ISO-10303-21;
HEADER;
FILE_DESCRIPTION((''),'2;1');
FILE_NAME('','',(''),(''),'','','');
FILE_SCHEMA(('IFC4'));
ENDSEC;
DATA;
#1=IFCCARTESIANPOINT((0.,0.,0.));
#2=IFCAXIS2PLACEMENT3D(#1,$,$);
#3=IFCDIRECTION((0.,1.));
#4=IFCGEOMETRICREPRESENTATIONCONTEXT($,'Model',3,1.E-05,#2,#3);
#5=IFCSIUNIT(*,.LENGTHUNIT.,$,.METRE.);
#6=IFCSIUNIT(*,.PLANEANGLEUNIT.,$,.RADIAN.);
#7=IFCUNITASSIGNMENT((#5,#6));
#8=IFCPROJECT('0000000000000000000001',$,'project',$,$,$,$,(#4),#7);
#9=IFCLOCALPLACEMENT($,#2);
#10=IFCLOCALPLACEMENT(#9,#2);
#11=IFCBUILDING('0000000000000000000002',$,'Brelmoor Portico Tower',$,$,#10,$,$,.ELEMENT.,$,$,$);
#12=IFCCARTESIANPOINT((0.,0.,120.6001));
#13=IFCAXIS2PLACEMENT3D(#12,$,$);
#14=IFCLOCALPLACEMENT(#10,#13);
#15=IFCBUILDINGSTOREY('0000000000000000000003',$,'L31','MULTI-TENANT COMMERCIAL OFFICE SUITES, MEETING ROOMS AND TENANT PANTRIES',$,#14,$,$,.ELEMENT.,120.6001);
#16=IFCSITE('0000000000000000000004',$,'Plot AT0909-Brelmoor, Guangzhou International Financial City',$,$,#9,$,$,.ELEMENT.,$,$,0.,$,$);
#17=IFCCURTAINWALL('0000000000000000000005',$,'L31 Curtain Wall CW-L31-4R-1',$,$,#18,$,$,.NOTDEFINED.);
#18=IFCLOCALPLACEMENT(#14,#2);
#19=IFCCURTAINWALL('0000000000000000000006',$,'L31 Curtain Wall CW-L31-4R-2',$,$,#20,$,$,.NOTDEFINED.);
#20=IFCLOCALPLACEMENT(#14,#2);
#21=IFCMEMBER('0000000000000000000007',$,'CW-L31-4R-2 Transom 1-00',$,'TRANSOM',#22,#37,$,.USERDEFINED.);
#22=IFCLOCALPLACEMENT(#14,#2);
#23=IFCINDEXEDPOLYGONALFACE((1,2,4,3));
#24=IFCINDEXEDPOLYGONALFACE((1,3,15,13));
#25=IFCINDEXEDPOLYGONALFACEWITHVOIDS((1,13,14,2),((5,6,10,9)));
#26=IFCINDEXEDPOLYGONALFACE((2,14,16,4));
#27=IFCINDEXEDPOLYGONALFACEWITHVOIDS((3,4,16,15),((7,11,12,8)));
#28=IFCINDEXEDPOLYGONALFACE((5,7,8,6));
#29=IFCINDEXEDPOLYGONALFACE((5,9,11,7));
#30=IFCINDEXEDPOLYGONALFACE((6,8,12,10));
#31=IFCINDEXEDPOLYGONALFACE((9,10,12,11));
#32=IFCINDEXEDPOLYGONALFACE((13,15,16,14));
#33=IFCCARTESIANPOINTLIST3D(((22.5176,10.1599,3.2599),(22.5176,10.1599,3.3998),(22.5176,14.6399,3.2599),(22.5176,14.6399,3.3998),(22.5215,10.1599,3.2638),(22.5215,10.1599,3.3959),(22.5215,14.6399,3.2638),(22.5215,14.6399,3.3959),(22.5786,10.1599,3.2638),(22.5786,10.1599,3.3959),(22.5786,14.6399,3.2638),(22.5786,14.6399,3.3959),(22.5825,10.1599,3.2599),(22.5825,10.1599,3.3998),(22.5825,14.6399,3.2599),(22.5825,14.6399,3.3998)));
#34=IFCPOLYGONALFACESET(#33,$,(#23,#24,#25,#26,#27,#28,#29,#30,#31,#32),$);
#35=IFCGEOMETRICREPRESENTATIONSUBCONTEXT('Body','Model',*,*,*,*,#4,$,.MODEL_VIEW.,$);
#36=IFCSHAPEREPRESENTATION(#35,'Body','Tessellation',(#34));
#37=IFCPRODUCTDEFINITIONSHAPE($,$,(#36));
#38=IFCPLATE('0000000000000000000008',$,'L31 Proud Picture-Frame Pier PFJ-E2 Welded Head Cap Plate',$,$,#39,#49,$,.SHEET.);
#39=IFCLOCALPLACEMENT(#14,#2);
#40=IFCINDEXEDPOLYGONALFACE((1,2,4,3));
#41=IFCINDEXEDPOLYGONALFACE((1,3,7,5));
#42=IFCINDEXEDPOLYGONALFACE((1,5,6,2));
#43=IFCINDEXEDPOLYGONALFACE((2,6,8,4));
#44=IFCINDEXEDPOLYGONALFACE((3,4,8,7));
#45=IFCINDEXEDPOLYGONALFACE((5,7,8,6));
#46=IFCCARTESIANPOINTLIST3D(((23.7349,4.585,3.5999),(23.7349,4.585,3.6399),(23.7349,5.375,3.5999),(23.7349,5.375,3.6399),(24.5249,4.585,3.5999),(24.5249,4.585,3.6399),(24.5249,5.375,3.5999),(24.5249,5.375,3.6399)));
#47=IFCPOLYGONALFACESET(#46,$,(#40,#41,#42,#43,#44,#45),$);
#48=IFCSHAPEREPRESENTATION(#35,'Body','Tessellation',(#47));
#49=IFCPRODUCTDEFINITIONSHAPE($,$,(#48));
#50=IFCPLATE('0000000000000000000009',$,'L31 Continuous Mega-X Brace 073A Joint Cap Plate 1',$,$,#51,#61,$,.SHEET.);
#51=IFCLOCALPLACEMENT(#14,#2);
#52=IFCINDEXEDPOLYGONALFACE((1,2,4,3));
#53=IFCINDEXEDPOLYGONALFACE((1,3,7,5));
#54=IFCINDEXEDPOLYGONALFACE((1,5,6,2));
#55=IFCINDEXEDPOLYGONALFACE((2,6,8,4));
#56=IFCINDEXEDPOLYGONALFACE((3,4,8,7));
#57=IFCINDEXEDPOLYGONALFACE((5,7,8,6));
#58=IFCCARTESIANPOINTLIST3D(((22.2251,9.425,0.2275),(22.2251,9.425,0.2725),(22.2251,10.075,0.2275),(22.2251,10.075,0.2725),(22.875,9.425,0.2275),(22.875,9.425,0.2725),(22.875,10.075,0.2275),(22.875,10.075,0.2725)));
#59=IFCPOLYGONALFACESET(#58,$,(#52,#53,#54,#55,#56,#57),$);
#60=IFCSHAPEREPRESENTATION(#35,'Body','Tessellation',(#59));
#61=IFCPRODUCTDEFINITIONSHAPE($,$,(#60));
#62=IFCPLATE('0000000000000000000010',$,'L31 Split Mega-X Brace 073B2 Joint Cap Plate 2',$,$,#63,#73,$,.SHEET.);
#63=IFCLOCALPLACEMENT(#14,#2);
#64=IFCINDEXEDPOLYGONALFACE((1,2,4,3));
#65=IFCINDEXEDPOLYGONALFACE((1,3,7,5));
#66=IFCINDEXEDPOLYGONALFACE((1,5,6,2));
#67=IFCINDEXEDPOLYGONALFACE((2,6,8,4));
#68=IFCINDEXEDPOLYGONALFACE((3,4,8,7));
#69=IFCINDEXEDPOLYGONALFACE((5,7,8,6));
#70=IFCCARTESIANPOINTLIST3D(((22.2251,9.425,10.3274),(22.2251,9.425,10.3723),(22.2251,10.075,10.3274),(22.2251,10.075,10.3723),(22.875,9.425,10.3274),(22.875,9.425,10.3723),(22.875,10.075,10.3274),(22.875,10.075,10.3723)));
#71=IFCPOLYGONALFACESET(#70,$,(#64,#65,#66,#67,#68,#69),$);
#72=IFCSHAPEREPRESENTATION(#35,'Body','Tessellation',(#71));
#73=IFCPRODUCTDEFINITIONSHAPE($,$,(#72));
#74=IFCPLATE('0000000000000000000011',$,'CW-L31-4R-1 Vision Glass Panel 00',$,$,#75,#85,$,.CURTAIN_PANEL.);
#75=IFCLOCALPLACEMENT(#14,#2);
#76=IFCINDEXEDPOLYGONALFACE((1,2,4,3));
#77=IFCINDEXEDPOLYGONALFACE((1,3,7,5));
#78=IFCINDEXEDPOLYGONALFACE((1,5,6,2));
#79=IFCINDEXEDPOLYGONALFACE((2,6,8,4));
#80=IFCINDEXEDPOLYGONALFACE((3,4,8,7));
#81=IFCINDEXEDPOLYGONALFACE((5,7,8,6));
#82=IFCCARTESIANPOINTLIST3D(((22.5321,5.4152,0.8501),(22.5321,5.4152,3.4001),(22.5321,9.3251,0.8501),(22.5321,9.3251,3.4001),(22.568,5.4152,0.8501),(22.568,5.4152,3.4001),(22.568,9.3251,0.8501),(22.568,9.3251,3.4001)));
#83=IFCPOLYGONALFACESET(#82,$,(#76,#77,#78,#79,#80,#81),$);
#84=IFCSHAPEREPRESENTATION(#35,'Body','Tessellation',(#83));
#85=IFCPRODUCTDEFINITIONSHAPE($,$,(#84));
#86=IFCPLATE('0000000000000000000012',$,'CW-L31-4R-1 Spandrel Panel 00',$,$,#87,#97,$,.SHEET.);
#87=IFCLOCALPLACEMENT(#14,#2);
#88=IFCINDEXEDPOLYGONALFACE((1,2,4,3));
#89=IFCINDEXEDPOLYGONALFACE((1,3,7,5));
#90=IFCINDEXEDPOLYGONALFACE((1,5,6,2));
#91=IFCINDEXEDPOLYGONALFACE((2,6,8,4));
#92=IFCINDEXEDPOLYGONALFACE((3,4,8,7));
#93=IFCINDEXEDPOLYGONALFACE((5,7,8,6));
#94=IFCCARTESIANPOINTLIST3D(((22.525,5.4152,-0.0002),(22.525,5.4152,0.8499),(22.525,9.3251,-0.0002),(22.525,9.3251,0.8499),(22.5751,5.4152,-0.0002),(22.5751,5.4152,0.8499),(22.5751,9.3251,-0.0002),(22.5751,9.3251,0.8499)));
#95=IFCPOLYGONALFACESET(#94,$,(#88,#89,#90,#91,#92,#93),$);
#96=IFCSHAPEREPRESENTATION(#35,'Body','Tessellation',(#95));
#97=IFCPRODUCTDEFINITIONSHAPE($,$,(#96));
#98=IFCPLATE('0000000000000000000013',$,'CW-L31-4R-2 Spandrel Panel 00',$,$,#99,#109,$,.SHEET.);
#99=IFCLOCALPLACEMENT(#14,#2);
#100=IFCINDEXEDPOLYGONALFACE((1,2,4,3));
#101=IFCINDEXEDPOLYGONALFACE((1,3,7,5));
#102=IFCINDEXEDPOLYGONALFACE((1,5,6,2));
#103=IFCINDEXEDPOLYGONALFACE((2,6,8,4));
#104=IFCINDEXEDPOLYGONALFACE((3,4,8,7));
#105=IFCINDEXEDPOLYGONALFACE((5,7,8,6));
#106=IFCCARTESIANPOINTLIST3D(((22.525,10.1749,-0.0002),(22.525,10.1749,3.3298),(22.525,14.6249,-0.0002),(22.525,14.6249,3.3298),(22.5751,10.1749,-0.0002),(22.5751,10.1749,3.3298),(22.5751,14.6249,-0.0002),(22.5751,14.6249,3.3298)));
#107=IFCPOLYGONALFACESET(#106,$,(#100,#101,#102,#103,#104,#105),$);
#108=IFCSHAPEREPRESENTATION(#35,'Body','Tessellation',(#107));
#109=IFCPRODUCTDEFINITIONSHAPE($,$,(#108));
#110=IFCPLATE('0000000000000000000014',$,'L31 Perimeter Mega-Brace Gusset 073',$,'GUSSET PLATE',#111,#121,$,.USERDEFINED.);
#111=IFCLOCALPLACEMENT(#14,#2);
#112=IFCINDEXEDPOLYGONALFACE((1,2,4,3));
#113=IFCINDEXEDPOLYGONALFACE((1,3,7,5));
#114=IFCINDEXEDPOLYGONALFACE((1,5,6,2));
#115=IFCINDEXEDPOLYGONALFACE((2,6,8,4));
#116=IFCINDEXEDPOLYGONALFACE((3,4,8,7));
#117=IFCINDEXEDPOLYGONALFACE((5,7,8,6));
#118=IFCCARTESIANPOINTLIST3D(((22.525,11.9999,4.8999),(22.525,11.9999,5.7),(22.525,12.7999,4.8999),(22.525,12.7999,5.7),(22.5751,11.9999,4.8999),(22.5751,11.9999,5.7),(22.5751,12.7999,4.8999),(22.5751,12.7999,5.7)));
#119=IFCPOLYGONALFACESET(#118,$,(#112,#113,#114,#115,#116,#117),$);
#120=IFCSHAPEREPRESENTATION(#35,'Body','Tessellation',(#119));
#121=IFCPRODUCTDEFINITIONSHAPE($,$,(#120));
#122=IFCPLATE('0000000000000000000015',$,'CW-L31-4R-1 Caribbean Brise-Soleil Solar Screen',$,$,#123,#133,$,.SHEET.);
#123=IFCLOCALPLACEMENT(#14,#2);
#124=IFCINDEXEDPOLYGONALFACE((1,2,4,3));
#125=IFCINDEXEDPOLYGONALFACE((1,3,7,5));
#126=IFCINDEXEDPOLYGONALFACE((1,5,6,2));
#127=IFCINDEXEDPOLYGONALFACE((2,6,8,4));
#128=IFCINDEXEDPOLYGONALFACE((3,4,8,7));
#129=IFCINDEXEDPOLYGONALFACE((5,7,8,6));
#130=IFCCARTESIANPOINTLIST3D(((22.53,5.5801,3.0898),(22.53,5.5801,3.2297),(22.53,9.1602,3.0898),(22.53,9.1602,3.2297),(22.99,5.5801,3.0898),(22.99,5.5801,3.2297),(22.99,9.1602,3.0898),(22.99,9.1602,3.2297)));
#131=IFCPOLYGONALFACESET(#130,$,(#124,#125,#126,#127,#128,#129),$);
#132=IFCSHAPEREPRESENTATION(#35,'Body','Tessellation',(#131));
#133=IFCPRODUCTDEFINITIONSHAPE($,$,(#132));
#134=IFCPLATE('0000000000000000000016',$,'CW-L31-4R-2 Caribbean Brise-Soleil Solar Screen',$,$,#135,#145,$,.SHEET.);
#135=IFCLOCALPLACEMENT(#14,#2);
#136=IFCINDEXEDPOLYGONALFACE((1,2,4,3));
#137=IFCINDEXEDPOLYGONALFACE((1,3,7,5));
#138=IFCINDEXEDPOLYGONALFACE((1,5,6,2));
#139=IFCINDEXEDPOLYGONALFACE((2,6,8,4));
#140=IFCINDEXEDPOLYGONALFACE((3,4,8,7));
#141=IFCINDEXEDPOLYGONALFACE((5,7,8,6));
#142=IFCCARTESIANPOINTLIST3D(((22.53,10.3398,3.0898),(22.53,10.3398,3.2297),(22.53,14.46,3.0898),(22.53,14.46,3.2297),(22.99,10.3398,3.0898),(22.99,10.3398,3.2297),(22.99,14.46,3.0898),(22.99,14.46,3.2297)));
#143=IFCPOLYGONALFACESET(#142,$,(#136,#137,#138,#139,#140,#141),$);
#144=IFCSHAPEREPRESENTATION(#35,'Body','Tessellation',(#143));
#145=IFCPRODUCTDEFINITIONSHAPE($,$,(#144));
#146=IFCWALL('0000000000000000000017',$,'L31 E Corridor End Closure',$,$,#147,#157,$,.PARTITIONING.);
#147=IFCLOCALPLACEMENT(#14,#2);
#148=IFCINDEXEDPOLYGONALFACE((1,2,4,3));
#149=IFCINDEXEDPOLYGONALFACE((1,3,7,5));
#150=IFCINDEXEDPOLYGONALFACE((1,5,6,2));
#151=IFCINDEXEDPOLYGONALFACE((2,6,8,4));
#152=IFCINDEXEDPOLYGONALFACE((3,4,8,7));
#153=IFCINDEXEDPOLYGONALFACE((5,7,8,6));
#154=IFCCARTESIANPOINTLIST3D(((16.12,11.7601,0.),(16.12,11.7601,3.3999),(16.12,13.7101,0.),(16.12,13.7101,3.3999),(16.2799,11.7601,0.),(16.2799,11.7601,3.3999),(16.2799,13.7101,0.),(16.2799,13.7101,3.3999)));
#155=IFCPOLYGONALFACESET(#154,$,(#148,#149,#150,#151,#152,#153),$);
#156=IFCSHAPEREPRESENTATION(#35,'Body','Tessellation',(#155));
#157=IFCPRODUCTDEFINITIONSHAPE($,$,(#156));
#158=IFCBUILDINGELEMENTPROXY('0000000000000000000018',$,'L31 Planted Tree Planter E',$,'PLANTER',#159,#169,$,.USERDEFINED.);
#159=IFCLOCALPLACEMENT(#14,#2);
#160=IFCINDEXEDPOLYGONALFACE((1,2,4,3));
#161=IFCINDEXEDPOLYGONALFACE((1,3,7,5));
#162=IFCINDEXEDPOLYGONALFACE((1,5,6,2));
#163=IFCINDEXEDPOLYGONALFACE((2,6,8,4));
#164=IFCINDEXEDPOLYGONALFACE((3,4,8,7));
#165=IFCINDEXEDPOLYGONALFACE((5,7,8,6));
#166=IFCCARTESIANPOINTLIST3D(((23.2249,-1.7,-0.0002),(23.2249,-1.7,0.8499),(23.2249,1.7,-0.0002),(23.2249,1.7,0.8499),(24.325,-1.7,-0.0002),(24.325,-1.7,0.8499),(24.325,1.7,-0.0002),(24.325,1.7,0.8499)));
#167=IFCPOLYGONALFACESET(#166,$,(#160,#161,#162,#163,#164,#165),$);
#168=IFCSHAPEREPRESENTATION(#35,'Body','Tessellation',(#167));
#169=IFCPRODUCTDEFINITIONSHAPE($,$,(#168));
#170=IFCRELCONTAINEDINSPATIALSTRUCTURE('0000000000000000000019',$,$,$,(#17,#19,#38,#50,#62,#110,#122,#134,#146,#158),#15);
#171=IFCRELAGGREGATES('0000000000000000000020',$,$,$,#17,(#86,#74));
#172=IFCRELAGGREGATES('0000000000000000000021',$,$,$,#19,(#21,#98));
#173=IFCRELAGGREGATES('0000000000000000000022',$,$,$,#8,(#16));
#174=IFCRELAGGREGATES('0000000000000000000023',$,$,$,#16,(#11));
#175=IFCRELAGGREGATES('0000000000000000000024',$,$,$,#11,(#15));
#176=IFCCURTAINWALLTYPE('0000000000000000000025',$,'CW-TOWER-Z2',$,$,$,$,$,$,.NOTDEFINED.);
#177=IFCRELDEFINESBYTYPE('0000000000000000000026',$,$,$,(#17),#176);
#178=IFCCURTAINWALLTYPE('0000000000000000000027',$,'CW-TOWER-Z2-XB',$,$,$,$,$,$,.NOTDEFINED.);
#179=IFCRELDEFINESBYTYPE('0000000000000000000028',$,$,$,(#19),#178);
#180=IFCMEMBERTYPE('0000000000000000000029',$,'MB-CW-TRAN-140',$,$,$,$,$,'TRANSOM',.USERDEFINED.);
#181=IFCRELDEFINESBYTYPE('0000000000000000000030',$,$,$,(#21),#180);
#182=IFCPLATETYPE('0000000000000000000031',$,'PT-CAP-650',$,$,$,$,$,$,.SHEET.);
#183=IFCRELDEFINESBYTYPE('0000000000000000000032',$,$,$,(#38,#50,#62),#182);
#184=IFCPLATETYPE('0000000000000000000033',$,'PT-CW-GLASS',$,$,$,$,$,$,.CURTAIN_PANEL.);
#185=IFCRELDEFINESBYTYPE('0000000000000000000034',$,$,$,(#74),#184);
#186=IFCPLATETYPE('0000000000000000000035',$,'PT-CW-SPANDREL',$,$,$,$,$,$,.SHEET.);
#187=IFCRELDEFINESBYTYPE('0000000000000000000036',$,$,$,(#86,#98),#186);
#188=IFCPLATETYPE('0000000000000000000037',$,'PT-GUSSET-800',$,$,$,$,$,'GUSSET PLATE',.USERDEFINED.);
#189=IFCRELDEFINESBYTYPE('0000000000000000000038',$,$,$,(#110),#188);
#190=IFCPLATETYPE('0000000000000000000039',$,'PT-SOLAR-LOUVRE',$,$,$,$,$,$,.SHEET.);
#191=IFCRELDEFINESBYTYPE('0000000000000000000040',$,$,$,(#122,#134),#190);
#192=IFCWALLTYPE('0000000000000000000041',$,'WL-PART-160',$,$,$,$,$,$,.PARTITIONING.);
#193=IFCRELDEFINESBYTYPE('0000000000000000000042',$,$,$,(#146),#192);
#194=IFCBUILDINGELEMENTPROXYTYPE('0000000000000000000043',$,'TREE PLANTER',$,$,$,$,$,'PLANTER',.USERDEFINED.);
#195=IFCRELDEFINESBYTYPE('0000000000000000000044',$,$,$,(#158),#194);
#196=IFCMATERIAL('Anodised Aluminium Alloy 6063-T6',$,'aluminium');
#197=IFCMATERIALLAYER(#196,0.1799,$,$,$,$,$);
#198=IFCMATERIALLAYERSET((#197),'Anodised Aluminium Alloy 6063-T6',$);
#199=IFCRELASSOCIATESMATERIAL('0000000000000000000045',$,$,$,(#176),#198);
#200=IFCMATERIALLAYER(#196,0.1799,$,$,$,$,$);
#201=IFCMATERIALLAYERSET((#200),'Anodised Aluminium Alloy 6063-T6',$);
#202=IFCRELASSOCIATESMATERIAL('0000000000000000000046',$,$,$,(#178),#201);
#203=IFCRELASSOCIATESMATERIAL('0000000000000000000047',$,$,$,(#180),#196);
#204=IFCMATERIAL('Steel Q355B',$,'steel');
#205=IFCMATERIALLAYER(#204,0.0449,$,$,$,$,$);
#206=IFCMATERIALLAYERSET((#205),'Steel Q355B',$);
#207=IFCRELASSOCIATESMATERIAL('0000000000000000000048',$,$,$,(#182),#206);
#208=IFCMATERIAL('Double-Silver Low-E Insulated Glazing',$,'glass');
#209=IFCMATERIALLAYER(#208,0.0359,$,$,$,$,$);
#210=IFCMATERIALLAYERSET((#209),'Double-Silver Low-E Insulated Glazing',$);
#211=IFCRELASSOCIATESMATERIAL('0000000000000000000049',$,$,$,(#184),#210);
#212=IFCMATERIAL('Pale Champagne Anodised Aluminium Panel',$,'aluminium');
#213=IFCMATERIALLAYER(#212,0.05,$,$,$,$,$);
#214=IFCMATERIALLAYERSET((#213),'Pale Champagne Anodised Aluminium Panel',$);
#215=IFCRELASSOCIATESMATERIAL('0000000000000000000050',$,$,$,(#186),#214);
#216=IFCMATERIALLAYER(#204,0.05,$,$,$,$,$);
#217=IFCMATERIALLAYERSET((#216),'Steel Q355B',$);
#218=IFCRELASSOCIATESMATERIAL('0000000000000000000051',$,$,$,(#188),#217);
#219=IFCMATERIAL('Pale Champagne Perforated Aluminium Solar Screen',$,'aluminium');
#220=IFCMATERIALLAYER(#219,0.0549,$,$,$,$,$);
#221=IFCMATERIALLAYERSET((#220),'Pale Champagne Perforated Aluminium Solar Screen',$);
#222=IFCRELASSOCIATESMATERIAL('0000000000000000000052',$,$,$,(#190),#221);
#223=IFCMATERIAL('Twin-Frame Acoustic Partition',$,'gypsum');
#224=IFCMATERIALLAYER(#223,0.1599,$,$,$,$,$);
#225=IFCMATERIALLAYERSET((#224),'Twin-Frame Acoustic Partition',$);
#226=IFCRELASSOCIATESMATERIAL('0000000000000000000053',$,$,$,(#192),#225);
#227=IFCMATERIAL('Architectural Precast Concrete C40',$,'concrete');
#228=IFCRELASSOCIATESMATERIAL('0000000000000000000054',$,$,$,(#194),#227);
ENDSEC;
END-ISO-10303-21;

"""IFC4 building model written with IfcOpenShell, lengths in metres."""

from ifc_helpers import new_model, si_unit, direction, frame, frame_2d, origin, origin_2d, place, context, subcontext, project, spatial, rectangle, hollow_rectangle, extrude, material, layer, layer_set, material_profile, profile_set, type_object, element, aggregate, save


model = new_model("IFC4")

# Units and contexts
model_context = context("Model", 3, precision=1e-05, world=origin(), true_north=direction((0.0, 1.0)))
body_context = subcontext(model_context, "Body", "Model", "MODEL_VIEW")
ifc_project = project(units=[si_unit("LENGTHUNIT", "METRE"), si_unit("PLANEANGLEUNIT", "RADIAN")], contexts=[model_context])

# Site, building, storey
site_placement = place(None, origin())
site = spatial("IfcSite", under=ifc_project, at=site_placement, Name="Plot AT0909-Brelmoor, Guangzhou International Financial City", CompositionType="ELEMENT", RefElevation=0.0)
building_placement = place(site_placement, origin())
building = spatial("IfcBuilding", under=site, at=building_placement, Name="Brelmoor Portico Tower", CompositionType="ELEMENT")
storey_placement = place(building_placement, frame((0.0, 0.0, 120.6001)))
storey = spatial("IfcBuildingStorey", under=building, at=storey_placement, Name="L31", Description="MULTI-TENANT COMMERCIAL OFFICE SUITES, MEETING ROOMS AND TENANT PANTRIES", CompositionType="ELEMENT", Elevation=120.6001)

# Shared definitions
ifc_material_1 = material(Name="Steel Q355B", Category="steel")

# Curtain wall
ifc_material_2 = material(Name="Anodised Aluminium Alloy 6063-T6", Category="aluminium")
ifc_layer_1 = layer(ifc_material_2, 0.1799)
ifc_layer_set_1 = layer_set([ifc_layer_1], Name="Anodised Aluminium Alloy 6063-T6")
curtain_wall_type_1 = type_object("IfcCurtainWallType", Name="CW-TOWER-Z2", PredefinedType="NOTDEFINED", material=ifc_layer_set_1)
curtain_wall_1_placement = place(storey_placement, origin())
curtain_wall_1 = element("IfcCurtainWall", 1, at=curtain_wall_1_placement, inside=storey, type_object=curtain_wall_type_1, Name="L31 Curtain Wall CW-L31-4R-1", PredefinedType="NOTDEFINED")

# Curtain wall
ifc_layer_2 = layer(ifc_material_2, 0.1799)
ifc_layer_set_2 = layer_set([ifc_layer_2], Name="Anodised Aluminium Alloy 6063-T6")
curtain_wall_type_2 = type_object("IfcCurtainWallType", Name="CW-TOWER-Z2-XB", PredefinedType="NOTDEFINED", material=ifc_layer_set_2)
curtain_wall_2_placement = place(storey_placement, origin())
curtain_wall_2 = element("IfcCurtainWall", 2, at=curtain_wall_2_placement, inside=storey, type_object=curtain_wall_type_2, Name="L31 Curtain Wall CW-L31-4R-2", PredefinedType="NOTDEFINED")

# Member
ifc_material_profile_1 = material_profile(ifc_material_2, hollow_rectangle(XDim=0.0649, YDim=0.1399, WallThickness=0.0039, at=origin_2d()), Name="ALU TRANSOM 65x140")
ifc_profile_set_1 = profile_set([ifc_material_profile_1], Name="Anodised Aluminium Alloy 6063-T6")
member_type_1 = type_object("IfcMemberType", Name="MB-CW-TRAN-140", ElementType="TRANSOM", PredefinedType="USERDEFINED", material=ifc_profile_set_1)
member_1_placement = place(storey_placement, frame((22.55, 10.1599, 3.3298), z_axis=(0.0, 1.0, 0.0), x_axis=(-1.0, 0.0, 0.0)))
member_1 = element("IfcMember", 3, at=member_1_placement, type_object=member_type_1, Name="CW-L31-4R-2 Transom 1-00", ObjectType="TRANSOM", PredefinedType="USERDEFINED", context=body_context, shape_type="SweptSolid", body=[
    extrude(hollow_rectangle(XDim=0.0649, YDim=0.1399, WallThickness=0.0039, at=origin_2d()), origin(), (0.0, 0.0, 1.0), 4.48),
])

# Plates
ifc_layer_3 = layer(ifc_material_1, 0.0449)
ifc_layer_set_3 = layer_set([ifc_layer_3], Name="Steel Q355B")
plate_type_1 = type_object("IfcPlateType", Name="PT-CAP-650", PredefinedType="SHEET", material=ifc_layer_set_3)
plate_1_placement = place(storey_placement, frame((24.1299, 4.98, 3.5999), z_axis=(0.0, 0.0, 1.0), x_axis=(0.0, 1.0, 0.0)))
element("IfcPlate", 4, at=plate_1_placement, inside=storey, type_object=plate_type_1, Name="L31 Proud Picture-Frame Pier PFJ-E2 Welded Head Cap Plate", PredefinedType="SHEET", context=body_context, shape_type="SweptSolid", body=[
    extrude(rectangle(XDim=0.79, YDim=0.79, at=origin_2d()), origin(), (0.0, 0.0, 1.0), 0.04),
])
for number, where, z_axis, x_axis, name in (
    (5, (22.55, 9.75, 0.2275), (0.0, 0.0, 1.0), (1.0, 0.0, 0.0), "L31 Continuous Mega-X Brace 073A Joint Cap Plate 1"),
    (6, (22.55, 9.75, 10.3274), (0.0, 0.0, 1.0), (1.0, 0.0, 0.0), "L31 Split Mega-X Brace 073B2 Joint Cap Plate 2"),
):
    element("IfcPlate", number, at=place(storey_placement, frame(where, z_axis=z_axis, x_axis=x_axis)), inside=storey, type_object=plate_type_1, Name=name, PredefinedType="SHEET", context=body_context, shape_type="SweptSolid", body=[
        extrude(rectangle(XDim=0.6499, YDim=0.6499, at=origin_2d()), origin(), (0.0, 0.0, 1.0), 0.0449),
    ])

# Plates
ifc_material_3 = material(Name="Double-Silver Low-E Insulated Glazing", Category="glass")
ifc_layer_4 = layer(ifc_material_3, 0.0359)
ifc_layer_set_4 = layer_set([ifc_layer_4], Name="Double-Silver Low-E Insulated Glazing")
plate_type_2 = type_object("IfcPlateType", Name="PT-CW-GLASS", PredefinedType="CURTAIN_PANEL", material=ifc_layer_set_4)
plate_2_placement = place(storey_placement, frame((22.55, 7.3701, 0.8501), z_axis=(0.0, 0.0, 1.0), x_axis=(0.0, 1.0, 0.0)))
plate_2 = element("IfcPlate", 7, at=plate_2_placement, type_object=plate_type_2, Name="CW-L31-4R-1 Vision Glass Panel 00", PredefinedType="CURTAIN_PANEL", context=body_context, shape_type="SweptSolid", body=[
    extrude(rectangle(XDim=3.9099, YDim=0.0359, at=origin_2d()), origin(), (0.0, 0.0, 1.0), 2.55),
])
ifc_material_4 = material(Name="Pale Champagne Anodised Aluminium Panel", Category="aluminium")
ifc_layer_5 = layer(ifc_material_4, 0.05)
ifc_layer_set_5 = layer_set([ifc_layer_5], Name="Pale Champagne Anodised Aluminium Panel")
plate_type_3 = type_object("IfcPlateType", Name="PT-CW-SPANDREL", PredefinedType="SHEET", material=ifc_layer_set_5)
plate_3_placement = place(storey_placement, frame((22.55, 7.3701, -0.0002), z_axis=(0.0, 0.0, 1.0), x_axis=(0.0, 1.0, 0.0)))
plate_3 = element("IfcPlate", 8, at=plate_3_placement, type_object=plate_type_3, Name="CW-L31-4R-1 Spandrel Panel 00", PredefinedType="SHEET", context=body_context, shape_type="SweptSolid", body=[
    extrude(rectangle(XDim=3.9099, YDim=0.05, at=origin_2d()), origin(), (0.0, 0.0, 1.0), 0.8501),
])
aggregate(curtain_wall_1, [plate_3, plate_2])
plate_4_placement = place(storey_placement, frame((22.55, 12.3999, -0.0002), z_axis=(0.0, 0.0, 1.0), x_axis=(0.0, 1.0, 0.0)))
plate_4 = element("IfcPlate", 9, at=plate_4_placement, type_object=plate_type_3, Name="CW-L31-4R-2 Spandrel Panel 00", PredefinedType="SHEET", context=body_context, shape_type="SweptSolid", body=[
    extrude(rectangle(XDim=4.45, YDim=0.05, at=origin_2d()), origin(), (0.0, 0.0, 1.0), 3.3301),
])
aggregate(curtain_wall_2, [member_1, plate_4])

# Plates
ifc_layer_6 = layer(ifc_material_1, 0.05)
ifc_layer_set_6 = layer_set([ifc_layer_6], Name="Steel Q355B")
plate_type_4 = type_object("IfcPlateType", Name="PT-GUSSET-800", ElementType="GUSSET PLATE", PredefinedType="USERDEFINED", material=ifc_layer_set_6)
plate_5_placement = place(storey_placement, frame((22.55, 12.3999, 4.8999), z_axis=(0.0, 0.0, 1.0), x_axis=(1.0, 0.0, 0.0)))
element("IfcPlate", 10, at=plate_5_placement, inside=storey, type_object=plate_type_4, Name="L31 Perimeter Mega-Brace Gusset 073", ObjectType="GUSSET PLATE", PredefinedType="USERDEFINED", context=body_context, shape_type="SweptSolid", body=[
    extrude(rectangle(XDim=0.05, YDim=0.8, at=origin_2d()), origin(), (0.0, 0.0, 1.0), 0.8),
])
ifc_material_5 = material(Name="Pale Champagne Perforated Aluminium Solar Screen", Category="aluminium")
ifc_layer_7 = layer(ifc_material_5, 0.0549)
ifc_layer_set_7 = layer_set([ifc_layer_7], Name="Pale Champagne Perforated Aluminium Solar Screen")
plate_type_5 = type_object("IfcPlateType", Name="PT-SOLAR-LOUVRE", PredefinedType="SHEET", material=ifc_layer_set_7)
plate_6_placement = place(storey_placement, frame((22.76, 7.3701, 3.0898), z_axis=(0.0, 0.0, 1.0), x_axis=(0.0, 1.0, 0.0)))
element("IfcPlate", 11, at=plate_6_placement, inside=storey, type_object=plate_type_5, Name="CW-L31-4R-1 Caribbean Brise-Soleil Solar Screen", PredefinedType="SHEET", context=body_context, shape_type="SweptSolid", body=[
    extrude(rectangle(XDim=3.5801, YDim=0.46, at=origin_2d()), origin(), (0.0, 0.0, 1.0), 0.1399),
])
plate_7_placement = place(storey_placement, frame((22.76, 12.3999, 3.0898), z_axis=(0.0, 0.0, 1.0), x_axis=(0.0, 1.0, 0.0)))
element("IfcPlate", 12, at=plate_7_placement, inside=storey, type_object=plate_type_5, Name="CW-L31-4R-2 Caribbean Brise-Soleil Solar Screen", PredefinedType="SHEET", context=body_context, shape_type="SweptSolid", body=[
    extrude(rectangle(XDim=4.1201, YDim=0.46, at=origin_2d()), origin(), (0.0, 0.0, 1.0), 0.1399),
])

# Shared definitions
ifc_material_6 = material(Name="Twin-Frame Acoustic Partition", Category="gypsum")
ifc_layer_8 = layer(ifc_material_6, 0.1599)
ifc_layer_set_8 = layer_set([ifc_layer_8], Name="Twin-Frame Acoustic Partition")
wall_type = type_object("IfcWallType", Name="WL-PART-160", PredefinedType="PARTITIONING", material=ifc_layer_set_8)

# Wall
wall_1_placement = place(storey_placement, frame((16.2, 11.76, 0.0), z_axis=(0.0, 0.0, 1.0), x_axis=(0.0, 1.0, 0.0)))
element("IfcWall", 13, at=wall_1_placement, inside=storey, type_object=wall_type, Name="L31 E Corridor End Closure", PredefinedType="PARTITIONING", context=body_context, shape_type="SweptSolid", body=[
    extrude(rectangle(XDim=1.95, YDim=0.1599, at=frame_2d((0.9751, 0.0))), origin(), (0.0, 0.0, 1.0), 3.3999),
])

# Building element proxy
ifc_material_7 = material(Name="Architectural Precast Concrete C40", Category="concrete")
building_element_proxy_type = type_object("IfcBuildingElementProxyType", Name="TREE PLANTER", ElementType="PLANTER", PredefinedType="USERDEFINED", material=ifc_material_7)
proxy_placement = place(storey_placement, frame((23.7749, 0.0, -0.0002), z_axis=(0.0, 0.0, 1.0), x_axis=(0.0, 1.0, 0.0)))
element("IfcBuildingElementProxy", 14, at=proxy_placement, inside=storey, type_object=building_element_proxy_type, Name="L31 Planted Tree Planter E", ObjectType="PLANTER", PredefinedType="USERDEFINED", context=body_context, shape_type="SweptSolid", body=[
    extrude(rectangle(XDim=3.3999, YDim=1.1001, at=origin_2d()), origin(), (0.0, 0.0, 1.0), 0.8501),
])

save(model, "model.ifc")
